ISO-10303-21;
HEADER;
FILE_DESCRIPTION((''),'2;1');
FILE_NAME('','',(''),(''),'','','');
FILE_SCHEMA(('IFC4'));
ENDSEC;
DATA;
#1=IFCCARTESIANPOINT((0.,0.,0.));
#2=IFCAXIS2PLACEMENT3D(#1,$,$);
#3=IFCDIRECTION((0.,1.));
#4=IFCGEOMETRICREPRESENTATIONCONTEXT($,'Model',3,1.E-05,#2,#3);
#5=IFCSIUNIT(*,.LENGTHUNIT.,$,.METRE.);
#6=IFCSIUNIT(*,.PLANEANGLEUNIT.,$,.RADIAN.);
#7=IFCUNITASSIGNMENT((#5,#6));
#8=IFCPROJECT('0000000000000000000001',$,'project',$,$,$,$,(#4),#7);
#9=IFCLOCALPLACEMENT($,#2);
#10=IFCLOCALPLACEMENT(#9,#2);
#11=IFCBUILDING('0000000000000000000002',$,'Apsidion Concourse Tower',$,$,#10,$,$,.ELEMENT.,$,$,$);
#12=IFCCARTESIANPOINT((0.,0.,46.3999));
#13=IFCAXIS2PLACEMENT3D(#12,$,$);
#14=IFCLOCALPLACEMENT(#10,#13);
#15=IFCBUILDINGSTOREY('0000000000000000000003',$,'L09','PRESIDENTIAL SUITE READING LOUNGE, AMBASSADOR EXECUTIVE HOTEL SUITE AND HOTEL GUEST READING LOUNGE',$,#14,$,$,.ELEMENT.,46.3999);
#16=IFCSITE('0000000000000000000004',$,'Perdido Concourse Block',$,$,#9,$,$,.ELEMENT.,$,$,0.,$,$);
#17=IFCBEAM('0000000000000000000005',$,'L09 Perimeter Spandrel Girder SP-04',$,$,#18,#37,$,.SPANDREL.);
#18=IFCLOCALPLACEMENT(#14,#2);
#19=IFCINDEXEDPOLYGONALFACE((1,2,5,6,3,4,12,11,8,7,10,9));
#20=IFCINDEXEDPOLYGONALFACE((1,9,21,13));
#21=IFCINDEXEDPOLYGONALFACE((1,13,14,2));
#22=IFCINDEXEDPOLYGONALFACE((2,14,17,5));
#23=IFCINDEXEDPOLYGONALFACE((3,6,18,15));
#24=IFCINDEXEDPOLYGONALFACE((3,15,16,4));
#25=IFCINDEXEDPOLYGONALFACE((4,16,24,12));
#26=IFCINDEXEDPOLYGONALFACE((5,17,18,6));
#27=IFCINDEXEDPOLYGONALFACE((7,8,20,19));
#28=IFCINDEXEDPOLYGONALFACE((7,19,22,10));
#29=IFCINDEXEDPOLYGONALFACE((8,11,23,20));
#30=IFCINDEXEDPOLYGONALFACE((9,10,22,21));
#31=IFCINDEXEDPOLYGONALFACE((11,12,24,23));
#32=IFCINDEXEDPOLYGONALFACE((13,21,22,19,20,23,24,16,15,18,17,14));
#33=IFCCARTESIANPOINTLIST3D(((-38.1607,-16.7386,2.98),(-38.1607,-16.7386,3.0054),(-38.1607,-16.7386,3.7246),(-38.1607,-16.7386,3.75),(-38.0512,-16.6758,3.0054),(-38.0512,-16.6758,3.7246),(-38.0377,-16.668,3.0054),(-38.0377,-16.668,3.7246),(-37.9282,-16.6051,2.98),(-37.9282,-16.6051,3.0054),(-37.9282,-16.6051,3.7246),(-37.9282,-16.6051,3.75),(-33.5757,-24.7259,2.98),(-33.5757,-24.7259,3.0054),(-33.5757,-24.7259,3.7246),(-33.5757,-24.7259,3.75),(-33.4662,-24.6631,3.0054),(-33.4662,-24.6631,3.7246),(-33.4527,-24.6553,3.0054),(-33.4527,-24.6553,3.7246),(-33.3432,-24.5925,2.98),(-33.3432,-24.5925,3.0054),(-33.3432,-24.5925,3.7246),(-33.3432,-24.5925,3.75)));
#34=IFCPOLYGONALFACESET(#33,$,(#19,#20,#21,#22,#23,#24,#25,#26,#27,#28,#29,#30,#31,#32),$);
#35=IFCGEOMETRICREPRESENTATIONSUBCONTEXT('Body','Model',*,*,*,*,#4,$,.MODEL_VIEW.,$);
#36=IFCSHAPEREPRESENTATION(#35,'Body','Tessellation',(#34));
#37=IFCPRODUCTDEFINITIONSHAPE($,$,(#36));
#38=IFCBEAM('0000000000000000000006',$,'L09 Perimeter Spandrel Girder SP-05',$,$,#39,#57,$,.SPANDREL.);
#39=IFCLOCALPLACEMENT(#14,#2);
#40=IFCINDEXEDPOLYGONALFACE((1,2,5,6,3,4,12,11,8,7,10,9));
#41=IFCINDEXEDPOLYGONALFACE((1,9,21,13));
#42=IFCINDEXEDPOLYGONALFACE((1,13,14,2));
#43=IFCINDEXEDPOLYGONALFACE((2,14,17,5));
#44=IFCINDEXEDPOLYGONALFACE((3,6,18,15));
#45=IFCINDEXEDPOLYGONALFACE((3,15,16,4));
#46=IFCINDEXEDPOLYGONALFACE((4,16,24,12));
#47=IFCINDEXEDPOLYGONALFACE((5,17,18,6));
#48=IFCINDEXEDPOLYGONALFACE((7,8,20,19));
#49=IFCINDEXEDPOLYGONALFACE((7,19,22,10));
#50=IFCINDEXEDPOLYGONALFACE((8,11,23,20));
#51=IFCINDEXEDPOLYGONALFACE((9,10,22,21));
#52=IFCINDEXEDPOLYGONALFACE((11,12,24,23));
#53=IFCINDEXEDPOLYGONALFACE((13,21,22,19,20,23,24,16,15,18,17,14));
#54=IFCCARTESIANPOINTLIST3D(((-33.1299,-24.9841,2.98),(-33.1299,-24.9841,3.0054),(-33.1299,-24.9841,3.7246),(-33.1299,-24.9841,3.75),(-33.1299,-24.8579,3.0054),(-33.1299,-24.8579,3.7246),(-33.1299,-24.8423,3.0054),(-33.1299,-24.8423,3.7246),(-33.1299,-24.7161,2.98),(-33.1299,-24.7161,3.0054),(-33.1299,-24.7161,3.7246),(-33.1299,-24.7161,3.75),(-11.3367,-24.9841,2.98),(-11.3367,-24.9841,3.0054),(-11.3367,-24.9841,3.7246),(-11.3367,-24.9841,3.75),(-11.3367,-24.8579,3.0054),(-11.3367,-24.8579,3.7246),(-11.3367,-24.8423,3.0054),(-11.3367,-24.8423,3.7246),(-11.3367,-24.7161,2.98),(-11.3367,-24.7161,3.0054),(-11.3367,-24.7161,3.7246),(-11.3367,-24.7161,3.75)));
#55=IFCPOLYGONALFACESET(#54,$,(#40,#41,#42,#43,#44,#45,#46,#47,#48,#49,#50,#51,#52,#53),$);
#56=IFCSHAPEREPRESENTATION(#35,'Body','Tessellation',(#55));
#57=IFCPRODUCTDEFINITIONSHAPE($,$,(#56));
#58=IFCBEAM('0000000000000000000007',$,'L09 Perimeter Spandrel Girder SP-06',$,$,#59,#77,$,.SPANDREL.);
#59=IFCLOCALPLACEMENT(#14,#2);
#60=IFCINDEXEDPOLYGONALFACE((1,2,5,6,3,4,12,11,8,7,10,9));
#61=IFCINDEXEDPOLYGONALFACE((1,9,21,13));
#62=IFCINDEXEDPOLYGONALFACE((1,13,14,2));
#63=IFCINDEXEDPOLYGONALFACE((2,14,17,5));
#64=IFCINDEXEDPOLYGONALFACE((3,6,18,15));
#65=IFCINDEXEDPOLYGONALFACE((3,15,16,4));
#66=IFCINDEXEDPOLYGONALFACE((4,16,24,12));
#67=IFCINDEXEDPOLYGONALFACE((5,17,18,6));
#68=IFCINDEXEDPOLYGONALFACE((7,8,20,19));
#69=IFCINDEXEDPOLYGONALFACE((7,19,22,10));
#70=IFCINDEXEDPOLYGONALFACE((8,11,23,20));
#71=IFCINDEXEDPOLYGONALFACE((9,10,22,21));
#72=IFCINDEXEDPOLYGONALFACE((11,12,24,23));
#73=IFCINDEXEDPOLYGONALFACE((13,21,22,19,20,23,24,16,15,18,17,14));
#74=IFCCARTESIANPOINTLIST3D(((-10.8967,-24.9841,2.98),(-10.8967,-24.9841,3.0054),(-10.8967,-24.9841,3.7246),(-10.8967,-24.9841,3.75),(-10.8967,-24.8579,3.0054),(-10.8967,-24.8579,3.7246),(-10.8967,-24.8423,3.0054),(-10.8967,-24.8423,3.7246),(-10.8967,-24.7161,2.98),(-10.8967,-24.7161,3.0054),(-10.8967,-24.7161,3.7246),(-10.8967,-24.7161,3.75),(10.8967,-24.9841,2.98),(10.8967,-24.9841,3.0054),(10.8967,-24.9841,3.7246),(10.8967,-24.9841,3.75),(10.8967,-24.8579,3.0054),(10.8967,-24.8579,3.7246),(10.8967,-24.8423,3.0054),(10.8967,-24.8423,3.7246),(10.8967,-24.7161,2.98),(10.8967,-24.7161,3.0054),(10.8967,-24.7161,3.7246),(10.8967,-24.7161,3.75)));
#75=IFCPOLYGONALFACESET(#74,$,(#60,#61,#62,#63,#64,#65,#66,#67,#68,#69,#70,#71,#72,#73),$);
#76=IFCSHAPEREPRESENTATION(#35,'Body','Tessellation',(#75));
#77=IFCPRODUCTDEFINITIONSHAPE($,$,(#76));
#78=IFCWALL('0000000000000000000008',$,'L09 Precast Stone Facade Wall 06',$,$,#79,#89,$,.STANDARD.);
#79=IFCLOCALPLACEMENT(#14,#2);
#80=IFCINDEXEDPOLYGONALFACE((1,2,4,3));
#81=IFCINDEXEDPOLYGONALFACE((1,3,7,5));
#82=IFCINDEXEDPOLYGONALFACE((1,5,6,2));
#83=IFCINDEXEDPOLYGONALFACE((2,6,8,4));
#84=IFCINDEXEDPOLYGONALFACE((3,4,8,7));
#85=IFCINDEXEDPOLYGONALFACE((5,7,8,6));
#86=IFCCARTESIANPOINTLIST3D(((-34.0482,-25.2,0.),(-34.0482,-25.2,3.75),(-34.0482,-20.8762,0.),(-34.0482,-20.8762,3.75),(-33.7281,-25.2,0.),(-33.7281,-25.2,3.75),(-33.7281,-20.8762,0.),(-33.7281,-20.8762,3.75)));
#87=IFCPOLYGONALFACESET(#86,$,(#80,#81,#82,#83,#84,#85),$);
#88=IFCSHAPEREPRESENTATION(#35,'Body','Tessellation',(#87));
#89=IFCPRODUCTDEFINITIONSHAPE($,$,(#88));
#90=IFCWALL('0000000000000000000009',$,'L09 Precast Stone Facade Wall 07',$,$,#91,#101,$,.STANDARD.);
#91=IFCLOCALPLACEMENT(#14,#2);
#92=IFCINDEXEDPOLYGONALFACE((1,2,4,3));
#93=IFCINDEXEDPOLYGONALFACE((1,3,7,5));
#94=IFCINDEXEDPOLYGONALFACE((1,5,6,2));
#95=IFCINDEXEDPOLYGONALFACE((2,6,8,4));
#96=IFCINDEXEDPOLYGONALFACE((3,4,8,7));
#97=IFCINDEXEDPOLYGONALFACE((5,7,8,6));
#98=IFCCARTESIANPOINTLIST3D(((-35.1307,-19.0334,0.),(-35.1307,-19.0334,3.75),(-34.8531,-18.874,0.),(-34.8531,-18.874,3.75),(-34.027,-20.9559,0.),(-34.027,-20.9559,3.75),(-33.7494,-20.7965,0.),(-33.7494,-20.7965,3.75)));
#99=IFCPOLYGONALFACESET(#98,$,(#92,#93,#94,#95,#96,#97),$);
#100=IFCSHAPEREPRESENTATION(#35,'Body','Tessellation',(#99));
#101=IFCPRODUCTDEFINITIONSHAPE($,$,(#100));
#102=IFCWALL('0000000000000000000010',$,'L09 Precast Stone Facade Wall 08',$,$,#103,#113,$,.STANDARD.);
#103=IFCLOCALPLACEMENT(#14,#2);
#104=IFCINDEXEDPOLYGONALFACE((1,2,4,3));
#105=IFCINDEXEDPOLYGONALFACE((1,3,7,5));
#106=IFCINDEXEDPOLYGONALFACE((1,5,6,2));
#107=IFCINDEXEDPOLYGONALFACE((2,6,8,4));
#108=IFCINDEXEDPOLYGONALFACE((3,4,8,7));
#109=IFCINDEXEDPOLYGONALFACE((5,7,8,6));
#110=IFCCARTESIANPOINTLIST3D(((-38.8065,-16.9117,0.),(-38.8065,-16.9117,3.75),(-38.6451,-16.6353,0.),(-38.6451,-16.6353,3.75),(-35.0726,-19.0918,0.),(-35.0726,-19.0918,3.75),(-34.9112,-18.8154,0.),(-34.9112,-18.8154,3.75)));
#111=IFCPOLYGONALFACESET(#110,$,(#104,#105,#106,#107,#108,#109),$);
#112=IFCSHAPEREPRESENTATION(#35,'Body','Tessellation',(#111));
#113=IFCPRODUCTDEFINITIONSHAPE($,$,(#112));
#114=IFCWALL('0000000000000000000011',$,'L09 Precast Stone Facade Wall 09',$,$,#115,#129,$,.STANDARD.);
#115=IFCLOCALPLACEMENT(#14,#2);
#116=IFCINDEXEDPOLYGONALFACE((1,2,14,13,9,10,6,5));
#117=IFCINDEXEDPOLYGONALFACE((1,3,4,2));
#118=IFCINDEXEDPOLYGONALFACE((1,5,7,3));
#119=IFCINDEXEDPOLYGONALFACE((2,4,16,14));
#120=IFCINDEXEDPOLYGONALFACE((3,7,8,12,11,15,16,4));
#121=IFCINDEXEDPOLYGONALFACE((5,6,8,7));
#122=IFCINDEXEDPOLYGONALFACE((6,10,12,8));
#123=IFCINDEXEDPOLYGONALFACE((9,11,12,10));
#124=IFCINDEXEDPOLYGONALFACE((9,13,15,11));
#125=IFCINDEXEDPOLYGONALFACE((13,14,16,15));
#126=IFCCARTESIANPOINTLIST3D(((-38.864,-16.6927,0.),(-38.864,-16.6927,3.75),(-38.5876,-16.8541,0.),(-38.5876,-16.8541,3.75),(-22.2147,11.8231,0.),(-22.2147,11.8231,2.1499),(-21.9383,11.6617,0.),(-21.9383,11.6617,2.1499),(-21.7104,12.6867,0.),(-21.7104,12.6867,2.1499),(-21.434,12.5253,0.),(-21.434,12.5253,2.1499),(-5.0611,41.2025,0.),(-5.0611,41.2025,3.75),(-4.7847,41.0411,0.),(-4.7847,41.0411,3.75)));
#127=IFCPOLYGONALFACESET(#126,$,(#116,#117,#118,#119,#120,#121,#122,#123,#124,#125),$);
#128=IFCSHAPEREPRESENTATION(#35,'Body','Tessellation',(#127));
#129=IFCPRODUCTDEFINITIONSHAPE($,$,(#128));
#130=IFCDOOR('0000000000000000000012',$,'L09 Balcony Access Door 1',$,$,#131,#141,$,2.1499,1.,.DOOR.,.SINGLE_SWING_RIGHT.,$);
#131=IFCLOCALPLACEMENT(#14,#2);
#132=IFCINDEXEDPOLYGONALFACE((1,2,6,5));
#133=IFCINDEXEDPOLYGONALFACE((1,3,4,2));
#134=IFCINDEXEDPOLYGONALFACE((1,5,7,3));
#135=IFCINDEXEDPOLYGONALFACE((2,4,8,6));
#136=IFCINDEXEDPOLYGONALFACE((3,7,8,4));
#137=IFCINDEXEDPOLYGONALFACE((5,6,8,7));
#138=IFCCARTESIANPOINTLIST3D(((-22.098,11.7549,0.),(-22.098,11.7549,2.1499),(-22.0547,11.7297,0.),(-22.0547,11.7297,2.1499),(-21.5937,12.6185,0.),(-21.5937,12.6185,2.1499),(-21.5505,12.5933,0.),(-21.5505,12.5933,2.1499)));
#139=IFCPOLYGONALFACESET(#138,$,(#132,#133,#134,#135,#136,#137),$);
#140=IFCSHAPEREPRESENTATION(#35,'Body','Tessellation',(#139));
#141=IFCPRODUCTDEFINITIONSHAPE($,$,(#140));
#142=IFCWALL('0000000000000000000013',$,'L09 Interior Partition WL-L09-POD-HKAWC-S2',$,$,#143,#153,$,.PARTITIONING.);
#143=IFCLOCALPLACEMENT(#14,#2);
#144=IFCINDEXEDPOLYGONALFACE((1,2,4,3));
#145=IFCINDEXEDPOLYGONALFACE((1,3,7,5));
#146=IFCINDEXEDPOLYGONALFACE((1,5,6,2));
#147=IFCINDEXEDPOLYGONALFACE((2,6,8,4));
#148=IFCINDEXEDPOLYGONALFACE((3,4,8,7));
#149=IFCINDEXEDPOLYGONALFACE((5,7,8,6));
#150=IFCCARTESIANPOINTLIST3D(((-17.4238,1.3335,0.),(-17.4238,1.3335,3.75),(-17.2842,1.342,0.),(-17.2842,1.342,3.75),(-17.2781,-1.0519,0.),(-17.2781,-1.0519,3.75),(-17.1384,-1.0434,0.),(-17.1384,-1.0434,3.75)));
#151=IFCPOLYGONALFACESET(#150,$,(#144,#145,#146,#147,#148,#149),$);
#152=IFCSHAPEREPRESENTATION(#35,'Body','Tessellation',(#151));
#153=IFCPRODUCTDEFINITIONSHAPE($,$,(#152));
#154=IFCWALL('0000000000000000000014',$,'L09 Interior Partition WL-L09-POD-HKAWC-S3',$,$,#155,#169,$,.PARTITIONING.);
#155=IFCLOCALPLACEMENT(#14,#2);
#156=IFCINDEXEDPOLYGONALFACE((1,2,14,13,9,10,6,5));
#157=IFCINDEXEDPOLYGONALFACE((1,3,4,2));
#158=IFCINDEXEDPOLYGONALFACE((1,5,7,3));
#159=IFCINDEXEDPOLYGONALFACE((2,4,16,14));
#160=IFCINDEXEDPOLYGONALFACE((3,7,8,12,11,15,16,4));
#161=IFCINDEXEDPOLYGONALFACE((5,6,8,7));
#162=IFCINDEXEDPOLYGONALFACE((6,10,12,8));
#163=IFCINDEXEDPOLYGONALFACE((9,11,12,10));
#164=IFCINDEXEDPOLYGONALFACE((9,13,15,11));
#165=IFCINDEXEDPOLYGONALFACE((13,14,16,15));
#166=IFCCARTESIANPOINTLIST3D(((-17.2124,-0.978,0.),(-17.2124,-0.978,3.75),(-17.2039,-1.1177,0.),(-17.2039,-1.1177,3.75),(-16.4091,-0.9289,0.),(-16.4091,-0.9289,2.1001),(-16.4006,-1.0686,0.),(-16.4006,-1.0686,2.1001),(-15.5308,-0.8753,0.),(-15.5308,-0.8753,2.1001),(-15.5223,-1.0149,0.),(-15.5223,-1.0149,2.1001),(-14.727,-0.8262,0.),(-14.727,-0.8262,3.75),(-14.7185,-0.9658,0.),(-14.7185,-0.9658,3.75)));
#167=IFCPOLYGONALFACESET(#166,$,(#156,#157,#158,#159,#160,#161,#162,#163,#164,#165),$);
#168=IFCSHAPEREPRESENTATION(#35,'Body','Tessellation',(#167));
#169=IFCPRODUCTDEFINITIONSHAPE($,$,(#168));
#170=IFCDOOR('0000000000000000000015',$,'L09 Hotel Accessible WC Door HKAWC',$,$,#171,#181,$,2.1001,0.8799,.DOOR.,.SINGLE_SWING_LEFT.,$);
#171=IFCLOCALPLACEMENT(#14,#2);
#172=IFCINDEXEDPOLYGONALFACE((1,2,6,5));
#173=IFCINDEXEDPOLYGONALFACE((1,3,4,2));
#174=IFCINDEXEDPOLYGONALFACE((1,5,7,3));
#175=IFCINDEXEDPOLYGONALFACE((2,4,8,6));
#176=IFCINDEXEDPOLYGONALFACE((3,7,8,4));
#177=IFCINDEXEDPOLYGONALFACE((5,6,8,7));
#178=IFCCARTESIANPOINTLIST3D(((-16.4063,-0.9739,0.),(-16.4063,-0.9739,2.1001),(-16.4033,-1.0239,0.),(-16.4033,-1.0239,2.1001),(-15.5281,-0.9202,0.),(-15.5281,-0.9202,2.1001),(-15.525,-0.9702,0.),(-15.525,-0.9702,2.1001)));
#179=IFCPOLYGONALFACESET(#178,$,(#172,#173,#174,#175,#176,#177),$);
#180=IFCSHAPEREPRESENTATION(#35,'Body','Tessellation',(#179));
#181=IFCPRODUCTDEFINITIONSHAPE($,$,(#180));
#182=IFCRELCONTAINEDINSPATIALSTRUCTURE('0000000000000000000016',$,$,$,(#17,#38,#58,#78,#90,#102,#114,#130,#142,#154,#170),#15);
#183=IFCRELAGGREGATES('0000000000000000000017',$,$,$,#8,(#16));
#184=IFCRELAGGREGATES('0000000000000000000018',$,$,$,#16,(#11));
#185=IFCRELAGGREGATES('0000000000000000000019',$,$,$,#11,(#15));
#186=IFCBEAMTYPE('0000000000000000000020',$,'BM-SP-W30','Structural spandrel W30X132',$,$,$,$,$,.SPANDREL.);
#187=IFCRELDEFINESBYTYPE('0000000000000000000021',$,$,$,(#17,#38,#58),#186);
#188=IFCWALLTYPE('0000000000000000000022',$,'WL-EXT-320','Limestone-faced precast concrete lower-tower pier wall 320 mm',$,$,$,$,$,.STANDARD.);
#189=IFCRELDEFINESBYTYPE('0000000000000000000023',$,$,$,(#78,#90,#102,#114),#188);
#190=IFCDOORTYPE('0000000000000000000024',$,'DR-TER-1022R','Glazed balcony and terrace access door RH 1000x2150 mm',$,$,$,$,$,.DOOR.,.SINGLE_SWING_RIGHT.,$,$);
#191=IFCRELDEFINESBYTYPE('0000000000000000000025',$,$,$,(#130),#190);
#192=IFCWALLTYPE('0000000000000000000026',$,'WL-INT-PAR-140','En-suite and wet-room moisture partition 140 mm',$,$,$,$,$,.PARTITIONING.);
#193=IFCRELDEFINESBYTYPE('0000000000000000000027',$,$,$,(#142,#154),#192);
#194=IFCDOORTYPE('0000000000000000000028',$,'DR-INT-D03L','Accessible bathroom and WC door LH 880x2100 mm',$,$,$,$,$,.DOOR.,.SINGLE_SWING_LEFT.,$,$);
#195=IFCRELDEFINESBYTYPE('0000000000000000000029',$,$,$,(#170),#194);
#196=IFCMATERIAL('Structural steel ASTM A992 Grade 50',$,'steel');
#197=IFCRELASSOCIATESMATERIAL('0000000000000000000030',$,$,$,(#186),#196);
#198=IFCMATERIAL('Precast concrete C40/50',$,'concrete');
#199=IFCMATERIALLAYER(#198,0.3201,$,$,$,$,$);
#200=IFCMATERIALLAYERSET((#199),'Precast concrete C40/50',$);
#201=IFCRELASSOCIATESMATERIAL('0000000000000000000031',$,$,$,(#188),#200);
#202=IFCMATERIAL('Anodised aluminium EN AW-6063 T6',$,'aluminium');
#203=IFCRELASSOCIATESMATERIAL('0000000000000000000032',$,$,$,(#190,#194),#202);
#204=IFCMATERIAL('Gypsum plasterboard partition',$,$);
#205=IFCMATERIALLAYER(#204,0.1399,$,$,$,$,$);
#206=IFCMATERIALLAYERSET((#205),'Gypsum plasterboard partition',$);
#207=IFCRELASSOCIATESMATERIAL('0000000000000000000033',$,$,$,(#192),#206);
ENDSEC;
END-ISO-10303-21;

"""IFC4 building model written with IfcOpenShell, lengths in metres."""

from ifc_helpers import new_model, si_unit, direction, frame, frame_2d, origin, origin_2d, place, context, subcontext, project, spatial, rectangle, i_section, extrude, material, layer, layer_set, material_profile, profile_set, type_object, element, fill, save


model = new_model("IFC4")

# Units and contexts
model_context = context("Model", 3, precision=1e-05, world=origin(), true_north=direction((0.0, 1.0)))
body_context = subcontext(model_context, "Body", "Model", "MODEL_VIEW")
ifc_project = project(units=[si_unit("LENGTHUNIT", "METRE"), si_unit("PLANEANGLEUNIT", "RADIAN")], contexts=[model_context])

# Site, building, storey
site_placement = place(None, origin())
site = spatial("IfcSite", under=ifc_project, at=site_placement, Name="Perdido Concourse Block", CompositionType="ELEMENT", RefElevation=0.0)
building_placement = place(site_placement, origin())
building = spatial("IfcBuilding", under=site, at=building_placement, Name="Apsidion Concourse Tower", CompositionType="ELEMENT")
storey_placement = place(building_placement, frame((0.0, 0.0, 46.3999)))
storey = spatial("IfcBuildingStorey", under=building, at=storey_placement, Name="L09", Description="PRESIDENTIAL SUITE READING LOUNGE, AMBASSADOR EXECUTIVE HOTEL SUITE AND HOTEL GUEST READING LOUNGE", CompositionType="ELEMENT", Elevation=46.3999)

# Beams
ifc_material_1 = material(Name="Structural steel ASTM A992 Grade 50", Category="steel")
ifc_material_profile_1 = material_profile(ifc_material_1, i_section(OverallWidth=0.2681, OverallDepth=0.77, WebThickness=0.0156, FlangeThickness=0.0254, at=origin_2d()), Name="W30X132")
ifc_profile_set_1 = profile_set([ifc_material_profile_1], Name="Structural steel ASTM A992 Grade 50")
beam_type_1 = type_object("IfcBeamType", Name="BM-SP-W30", Description="Structural spandrel W30X132", PredefinedType="SPANDREL", material=ifc_profile_set_1)
beam_1_placement = place(storey_placement, frame((-38.0444, -16.6719, 3.365), z_axis=(0.497839, -0.867269, 0.0), x_axis=(0.867269, 0.497839, 0.0)))
element("IfcBeam", 1, at=beam_1_placement, inside=storey, type_object=beam_type_1, Name="L09 Perimeter Spandrel Girder SP-04", PredefinedType="SPANDREL", context=body_context, shape_type="SweptSolid", body=[
    extrude(i_section(OverallWidth=0.2681, OverallDepth=0.77, WebThickness=0.0156, FlangeThickness=0.0254, at=origin_2d()), origin(), (0.0, 0.0, 1.0), 9.2097),
])
beam_2_placement = place(storey_placement, frame((-33.1299, -24.8501, 3.365), z_axis=(1.0, 0.0, 0.0), x_axis=(0.0, 1.0, 0.0)))
element("IfcBeam", 2, at=beam_2_placement, inside=storey, type_object=beam_type_1, Name="L09 Perimeter Spandrel Girder SP-05", PredefinedType="SPANDREL", context=body_context, shape_type="SweptSolid", body=[
    extrude(i_section(OverallWidth=0.2681, OverallDepth=0.77, WebThickness=0.0156, FlangeThickness=0.0254, at=origin_2d()), origin(), (0.0, 0.0, 1.0), 21.7932),
])
beam_3_placement = place(storey_placement, frame((-10.8967, -24.8501, 3.365), z_axis=(1.0, 0.0, 0.0), x_axis=(0.0, 1.0, 0.0)))
element("IfcBeam", 3, at=beam_3_placement, inside=storey, type_object=beam_type_1, Name="L09 Perimeter Spandrel Girder SP-06", PredefinedType="SPANDREL", context=body_context, shape_type="SweptSolid", body=[
    extrude(i_section(OverallWidth=0.2681, OverallDepth=0.77, WebThickness=0.0156, FlangeThickness=0.0254, at=origin_2d()), origin(), (0.0, 0.0, 1.0), 21.7935),
])

# Walls
ifc_material_2 = material(Name="Precast concrete C40/50", Category="concrete")
ifc_layer_1 = layer(ifc_material_2, 0.3201)
ifc_layer_set_1 = layer_set([ifc_layer_1], Name="Precast concrete C40/50")
wall_type_1 = type_object("IfcWallType", Name="WL-EXT-320", Description="Limestone-faced precast concrete lower-tower pier wall 320 mm", PredefinedType="STANDARD", material=ifc_layer_set_1)
wall_1_placement = place(storey_placement, frame((-33.8882, -25.2, 0.0), z_axis=(0.0, 0.0, 1.0), x_axis=(0.0, 1.0, 0.0)))
element("IfcWall", 4, at=wall_1_placement, inside=storey, type_object=wall_type_1, Name="L09 Precast Stone Facade Wall 06", PredefinedType="STANDARD", context=body_context, shape_type="SweptSolid", body=[
    extrude(rectangle(XDim=4.3237, YDim=0.3201, at=frame_2d((2.1619, 0.0))), origin(), (0.0, 0.0, 1.0), 3.75),
])
wall_2_placement = place(storey_placement, frame((-33.8882, -20.8762, 0.0), z_axis=(0.0, 0.0, 1.0), x_axis=(-0.497881, 0.867245, 0.0)))
element("IfcWall", 5, at=wall_2_placement, inside=storey, type_object=wall_type_1, Name="L09 Precast Stone Facade Wall 07", PredefinedType="STANDARD", context=body_context, shape_type="SweptSolid", body=[
    extrude(rectangle(XDim=2.2168, YDim=0.3201, at=frame_2d((1.1084, 0.0))), origin(), (0.0, 0.0, 1.0), 3.75),
])
wall_3_placement = place(storey_placement, frame((-34.9919, -18.9536, 0.0), z_axis=(0.0, 0.0, 1.0), x_axis=(-0.86357, 0.504229, 0.0)))
element("IfcWall", 6, at=wall_3_placement, inside=storey, type_object=wall_type_1, Name="L09 Precast Stone Facade Wall 08", PredefinedType="STANDARD", context=body_context, shape_type="SweptSolid", body=[
    extrude(rectangle(XDim=4.3237, YDim=0.3201, at=frame_2d((2.1619, 0.0))), origin(), (0.0, 0.0, 1.0), 3.75),
])

# Wall, opening, door
wall_4_placement = place(storey_placement, frame((-38.7258, -16.7734, 0.0), z_axis=(0.0, 0.0, 1.0), x_axis=(0.504213, 0.863579, 0.0)))
wall_4 = element("IfcWall", 7, at=wall_4_placement, inside=storey, type_object=wall_type_1, Name="L09 Precast Stone Facade Wall 09", PredefinedType="STANDARD", context=body_context, shape_type="SweptSolid", body=[
    extrude(rectangle(XDim=67.041, YDim=0.3201, at=frame_2d((33.5205, 0.0))), origin(), (0.0, 0.0, 1.0), 3.75),
])
opening_1_placement = place(wall_4_placement, frame((33.0205, 0.0, 0.0)))
opening_1 = element("IfcOpeningElement", 8, at=opening_1_placement, cuts=wall_4, PredefinedType="OPENING", context=body_context, shape_type="SweptSolid", body=[
    extrude(rectangle(XDim=1.0, YDim=2.1499, at=frame_2d((0.5, 1.075))), frame((0.0, 0.1699, 0.0), z_axis=(0.0, -1.0, 0.0), x_axis=(1.0, 0.0, 0.0)), (0.0, 0.0, 1.0), 0.3401),
])
ifc_material_3 = material(Name="Anodised aluminium EN AW-6063 T6", Category="aluminium")
door_type_1 = type_object("IfcDoorType", Name="DR-TER-1022R", Description="Glazed balcony and terrace access door RH 1000x2150 mm", OperationType="SINGLE_SWING_RIGHT", PredefinedType="DOOR", material=ifc_material_3)
door_1_placement = place(opening_1_placement, origin())
door_1 = element("IfcDoor", 9, at=door_1_placement, inside=storey, type_object=door_type_1, Name="L09 Balcony Access Door 1", OperationType="SINGLE_SWING_RIGHT", OverallHeight=2.1499, OverallWidth=1.0, PredefinedType="DOOR", context=body_context, shape_type="SweptSolid", body=[
    extrude(rectangle(XDim=1.0, YDim=2.1499, at=frame_2d((0.5, 1.075))), frame((0.0, 0.0249, 0.0), z_axis=(0.0, -1.0, 0.0), x_axis=(1.0, 0.0, 0.0)), (0.0, 0.0, 1.0), 0.05),
])
fill(opening_1, door_1)

# Wall
ifc_material_4 = material(Name="Gypsum plasterboard partition")
ifc_layer_2 = layer(ifc_material_4, 0.1399)
ifc_layer_set_2 = layer_set([ifc_layer_2], Name="Gypsum plasterboard partition")
wall_type_2 = type_object("IfcWallType", Name="WL-INT-PAR-140", Description="En-suite and wet-room moisture partition 140 mm", PredefinedType="PARTITIONING", material=ifc_layer_set_2)
wall_5_placement = place(storey_placement, frame((-17.354, 1.3376, 0.0), z_axis=(0.0, 0.0, 1.0), x_axis=(0.060985, -0.998139, 0.0)))
element("IfcWall", 10, at=wall_5_placement, inside=storey, type_object=wall_type_2, Name="L09 Interior Partition WL-L09-POD-HKAWC-S2", PredefinedType="PARTITIONING", context=body_context, shape_type="SweptSolid", body=[
    extrude(rectangle(XDim=2.3899, YDim=0.1399, at=frame_2d((1.1948, 0.0))), origin(), (0.0, 0.0, 1.0), 3.75),
])

# Wall, opening, door
wall_6_placement = place(storey_placement, frame((-17.2083, -1.0479, 0.0), z_axis=(0.0, 0.0, 1.0), x_axis=(0.998139, 0.060986, 0.0)))
wall_6 = element("IfcWall", 11, at=wall_6_placement, inside=storey, type_object=wall_type_2, Name="L09 Interior Partition WL-L09-POD-HKAWC-S3", PredefinedType="PARTITIONING", context=body_context, shape_type="SweptSolid", body=[
    extrude(rectangle(XDim=2.49, YDim=0.1399, at=frame_2d((1.2451, 0.0))), origin(), (0.0, 0.0, 1.0), 3.75),
])
opening_2_placement = place(wall_6_placement, frame((0.8049, 0.0, 0.0)))
opening_2 = element("IfcOpeningElement", 12, at=opening_2_placement, cuts=wall_6, PredefinedType="OPENING", context=body_context, shape_type="SweptSolid", body=[
    extrude(rectangle(XDim=0.8799, YDim=2.1001, at=frame_2d((0.4399, 1.05))), frame((0.0, 0.0801, 0.0), z_axis=(0.0, -1.0, 0.0), x_axis=(1.0, 0.0, 0.0)), (0.0, 0.0, 1.0), 0.1599),
])
door_type_2 = type_object("IfcDoorType", Name="DR-INT-D03L", Description="Accessible bathroom and WC door LH 880x2100 mm", OperationType="SINGLE_SWING_LEFT", PredefinedType="DOOR", material=ifc_material_3)
door_2_placement = place(opening_2_placement, origin())
door_2 = element("IfcDoor", 13, at=door_2_placement, inside=storey, type_object=door_type_2, Name="L09 Hotel Accessible WC Door HKAWC", OperationType="SINGLE_SWING_LEFT", OverallHeight=2.1001, OverallWidth=0.8799, PredefinedType="DOOR", context=body_context, shape_type="SweptSolid", body=[
    extrude(rectangle(XDim=0.8799, YDim=2.1001, at=frame_2d((0.4399, 1.05))), frame((0.0, 0.0249, 0.0), z_axis=(0.0, -1.0, 0.0), x_axis=(1.0, 0.0, 0.0)), (0.0, 0.0, 1.0), 0.05),
])
fill(opening_2, door_2)

save(model, "model.ifc")
